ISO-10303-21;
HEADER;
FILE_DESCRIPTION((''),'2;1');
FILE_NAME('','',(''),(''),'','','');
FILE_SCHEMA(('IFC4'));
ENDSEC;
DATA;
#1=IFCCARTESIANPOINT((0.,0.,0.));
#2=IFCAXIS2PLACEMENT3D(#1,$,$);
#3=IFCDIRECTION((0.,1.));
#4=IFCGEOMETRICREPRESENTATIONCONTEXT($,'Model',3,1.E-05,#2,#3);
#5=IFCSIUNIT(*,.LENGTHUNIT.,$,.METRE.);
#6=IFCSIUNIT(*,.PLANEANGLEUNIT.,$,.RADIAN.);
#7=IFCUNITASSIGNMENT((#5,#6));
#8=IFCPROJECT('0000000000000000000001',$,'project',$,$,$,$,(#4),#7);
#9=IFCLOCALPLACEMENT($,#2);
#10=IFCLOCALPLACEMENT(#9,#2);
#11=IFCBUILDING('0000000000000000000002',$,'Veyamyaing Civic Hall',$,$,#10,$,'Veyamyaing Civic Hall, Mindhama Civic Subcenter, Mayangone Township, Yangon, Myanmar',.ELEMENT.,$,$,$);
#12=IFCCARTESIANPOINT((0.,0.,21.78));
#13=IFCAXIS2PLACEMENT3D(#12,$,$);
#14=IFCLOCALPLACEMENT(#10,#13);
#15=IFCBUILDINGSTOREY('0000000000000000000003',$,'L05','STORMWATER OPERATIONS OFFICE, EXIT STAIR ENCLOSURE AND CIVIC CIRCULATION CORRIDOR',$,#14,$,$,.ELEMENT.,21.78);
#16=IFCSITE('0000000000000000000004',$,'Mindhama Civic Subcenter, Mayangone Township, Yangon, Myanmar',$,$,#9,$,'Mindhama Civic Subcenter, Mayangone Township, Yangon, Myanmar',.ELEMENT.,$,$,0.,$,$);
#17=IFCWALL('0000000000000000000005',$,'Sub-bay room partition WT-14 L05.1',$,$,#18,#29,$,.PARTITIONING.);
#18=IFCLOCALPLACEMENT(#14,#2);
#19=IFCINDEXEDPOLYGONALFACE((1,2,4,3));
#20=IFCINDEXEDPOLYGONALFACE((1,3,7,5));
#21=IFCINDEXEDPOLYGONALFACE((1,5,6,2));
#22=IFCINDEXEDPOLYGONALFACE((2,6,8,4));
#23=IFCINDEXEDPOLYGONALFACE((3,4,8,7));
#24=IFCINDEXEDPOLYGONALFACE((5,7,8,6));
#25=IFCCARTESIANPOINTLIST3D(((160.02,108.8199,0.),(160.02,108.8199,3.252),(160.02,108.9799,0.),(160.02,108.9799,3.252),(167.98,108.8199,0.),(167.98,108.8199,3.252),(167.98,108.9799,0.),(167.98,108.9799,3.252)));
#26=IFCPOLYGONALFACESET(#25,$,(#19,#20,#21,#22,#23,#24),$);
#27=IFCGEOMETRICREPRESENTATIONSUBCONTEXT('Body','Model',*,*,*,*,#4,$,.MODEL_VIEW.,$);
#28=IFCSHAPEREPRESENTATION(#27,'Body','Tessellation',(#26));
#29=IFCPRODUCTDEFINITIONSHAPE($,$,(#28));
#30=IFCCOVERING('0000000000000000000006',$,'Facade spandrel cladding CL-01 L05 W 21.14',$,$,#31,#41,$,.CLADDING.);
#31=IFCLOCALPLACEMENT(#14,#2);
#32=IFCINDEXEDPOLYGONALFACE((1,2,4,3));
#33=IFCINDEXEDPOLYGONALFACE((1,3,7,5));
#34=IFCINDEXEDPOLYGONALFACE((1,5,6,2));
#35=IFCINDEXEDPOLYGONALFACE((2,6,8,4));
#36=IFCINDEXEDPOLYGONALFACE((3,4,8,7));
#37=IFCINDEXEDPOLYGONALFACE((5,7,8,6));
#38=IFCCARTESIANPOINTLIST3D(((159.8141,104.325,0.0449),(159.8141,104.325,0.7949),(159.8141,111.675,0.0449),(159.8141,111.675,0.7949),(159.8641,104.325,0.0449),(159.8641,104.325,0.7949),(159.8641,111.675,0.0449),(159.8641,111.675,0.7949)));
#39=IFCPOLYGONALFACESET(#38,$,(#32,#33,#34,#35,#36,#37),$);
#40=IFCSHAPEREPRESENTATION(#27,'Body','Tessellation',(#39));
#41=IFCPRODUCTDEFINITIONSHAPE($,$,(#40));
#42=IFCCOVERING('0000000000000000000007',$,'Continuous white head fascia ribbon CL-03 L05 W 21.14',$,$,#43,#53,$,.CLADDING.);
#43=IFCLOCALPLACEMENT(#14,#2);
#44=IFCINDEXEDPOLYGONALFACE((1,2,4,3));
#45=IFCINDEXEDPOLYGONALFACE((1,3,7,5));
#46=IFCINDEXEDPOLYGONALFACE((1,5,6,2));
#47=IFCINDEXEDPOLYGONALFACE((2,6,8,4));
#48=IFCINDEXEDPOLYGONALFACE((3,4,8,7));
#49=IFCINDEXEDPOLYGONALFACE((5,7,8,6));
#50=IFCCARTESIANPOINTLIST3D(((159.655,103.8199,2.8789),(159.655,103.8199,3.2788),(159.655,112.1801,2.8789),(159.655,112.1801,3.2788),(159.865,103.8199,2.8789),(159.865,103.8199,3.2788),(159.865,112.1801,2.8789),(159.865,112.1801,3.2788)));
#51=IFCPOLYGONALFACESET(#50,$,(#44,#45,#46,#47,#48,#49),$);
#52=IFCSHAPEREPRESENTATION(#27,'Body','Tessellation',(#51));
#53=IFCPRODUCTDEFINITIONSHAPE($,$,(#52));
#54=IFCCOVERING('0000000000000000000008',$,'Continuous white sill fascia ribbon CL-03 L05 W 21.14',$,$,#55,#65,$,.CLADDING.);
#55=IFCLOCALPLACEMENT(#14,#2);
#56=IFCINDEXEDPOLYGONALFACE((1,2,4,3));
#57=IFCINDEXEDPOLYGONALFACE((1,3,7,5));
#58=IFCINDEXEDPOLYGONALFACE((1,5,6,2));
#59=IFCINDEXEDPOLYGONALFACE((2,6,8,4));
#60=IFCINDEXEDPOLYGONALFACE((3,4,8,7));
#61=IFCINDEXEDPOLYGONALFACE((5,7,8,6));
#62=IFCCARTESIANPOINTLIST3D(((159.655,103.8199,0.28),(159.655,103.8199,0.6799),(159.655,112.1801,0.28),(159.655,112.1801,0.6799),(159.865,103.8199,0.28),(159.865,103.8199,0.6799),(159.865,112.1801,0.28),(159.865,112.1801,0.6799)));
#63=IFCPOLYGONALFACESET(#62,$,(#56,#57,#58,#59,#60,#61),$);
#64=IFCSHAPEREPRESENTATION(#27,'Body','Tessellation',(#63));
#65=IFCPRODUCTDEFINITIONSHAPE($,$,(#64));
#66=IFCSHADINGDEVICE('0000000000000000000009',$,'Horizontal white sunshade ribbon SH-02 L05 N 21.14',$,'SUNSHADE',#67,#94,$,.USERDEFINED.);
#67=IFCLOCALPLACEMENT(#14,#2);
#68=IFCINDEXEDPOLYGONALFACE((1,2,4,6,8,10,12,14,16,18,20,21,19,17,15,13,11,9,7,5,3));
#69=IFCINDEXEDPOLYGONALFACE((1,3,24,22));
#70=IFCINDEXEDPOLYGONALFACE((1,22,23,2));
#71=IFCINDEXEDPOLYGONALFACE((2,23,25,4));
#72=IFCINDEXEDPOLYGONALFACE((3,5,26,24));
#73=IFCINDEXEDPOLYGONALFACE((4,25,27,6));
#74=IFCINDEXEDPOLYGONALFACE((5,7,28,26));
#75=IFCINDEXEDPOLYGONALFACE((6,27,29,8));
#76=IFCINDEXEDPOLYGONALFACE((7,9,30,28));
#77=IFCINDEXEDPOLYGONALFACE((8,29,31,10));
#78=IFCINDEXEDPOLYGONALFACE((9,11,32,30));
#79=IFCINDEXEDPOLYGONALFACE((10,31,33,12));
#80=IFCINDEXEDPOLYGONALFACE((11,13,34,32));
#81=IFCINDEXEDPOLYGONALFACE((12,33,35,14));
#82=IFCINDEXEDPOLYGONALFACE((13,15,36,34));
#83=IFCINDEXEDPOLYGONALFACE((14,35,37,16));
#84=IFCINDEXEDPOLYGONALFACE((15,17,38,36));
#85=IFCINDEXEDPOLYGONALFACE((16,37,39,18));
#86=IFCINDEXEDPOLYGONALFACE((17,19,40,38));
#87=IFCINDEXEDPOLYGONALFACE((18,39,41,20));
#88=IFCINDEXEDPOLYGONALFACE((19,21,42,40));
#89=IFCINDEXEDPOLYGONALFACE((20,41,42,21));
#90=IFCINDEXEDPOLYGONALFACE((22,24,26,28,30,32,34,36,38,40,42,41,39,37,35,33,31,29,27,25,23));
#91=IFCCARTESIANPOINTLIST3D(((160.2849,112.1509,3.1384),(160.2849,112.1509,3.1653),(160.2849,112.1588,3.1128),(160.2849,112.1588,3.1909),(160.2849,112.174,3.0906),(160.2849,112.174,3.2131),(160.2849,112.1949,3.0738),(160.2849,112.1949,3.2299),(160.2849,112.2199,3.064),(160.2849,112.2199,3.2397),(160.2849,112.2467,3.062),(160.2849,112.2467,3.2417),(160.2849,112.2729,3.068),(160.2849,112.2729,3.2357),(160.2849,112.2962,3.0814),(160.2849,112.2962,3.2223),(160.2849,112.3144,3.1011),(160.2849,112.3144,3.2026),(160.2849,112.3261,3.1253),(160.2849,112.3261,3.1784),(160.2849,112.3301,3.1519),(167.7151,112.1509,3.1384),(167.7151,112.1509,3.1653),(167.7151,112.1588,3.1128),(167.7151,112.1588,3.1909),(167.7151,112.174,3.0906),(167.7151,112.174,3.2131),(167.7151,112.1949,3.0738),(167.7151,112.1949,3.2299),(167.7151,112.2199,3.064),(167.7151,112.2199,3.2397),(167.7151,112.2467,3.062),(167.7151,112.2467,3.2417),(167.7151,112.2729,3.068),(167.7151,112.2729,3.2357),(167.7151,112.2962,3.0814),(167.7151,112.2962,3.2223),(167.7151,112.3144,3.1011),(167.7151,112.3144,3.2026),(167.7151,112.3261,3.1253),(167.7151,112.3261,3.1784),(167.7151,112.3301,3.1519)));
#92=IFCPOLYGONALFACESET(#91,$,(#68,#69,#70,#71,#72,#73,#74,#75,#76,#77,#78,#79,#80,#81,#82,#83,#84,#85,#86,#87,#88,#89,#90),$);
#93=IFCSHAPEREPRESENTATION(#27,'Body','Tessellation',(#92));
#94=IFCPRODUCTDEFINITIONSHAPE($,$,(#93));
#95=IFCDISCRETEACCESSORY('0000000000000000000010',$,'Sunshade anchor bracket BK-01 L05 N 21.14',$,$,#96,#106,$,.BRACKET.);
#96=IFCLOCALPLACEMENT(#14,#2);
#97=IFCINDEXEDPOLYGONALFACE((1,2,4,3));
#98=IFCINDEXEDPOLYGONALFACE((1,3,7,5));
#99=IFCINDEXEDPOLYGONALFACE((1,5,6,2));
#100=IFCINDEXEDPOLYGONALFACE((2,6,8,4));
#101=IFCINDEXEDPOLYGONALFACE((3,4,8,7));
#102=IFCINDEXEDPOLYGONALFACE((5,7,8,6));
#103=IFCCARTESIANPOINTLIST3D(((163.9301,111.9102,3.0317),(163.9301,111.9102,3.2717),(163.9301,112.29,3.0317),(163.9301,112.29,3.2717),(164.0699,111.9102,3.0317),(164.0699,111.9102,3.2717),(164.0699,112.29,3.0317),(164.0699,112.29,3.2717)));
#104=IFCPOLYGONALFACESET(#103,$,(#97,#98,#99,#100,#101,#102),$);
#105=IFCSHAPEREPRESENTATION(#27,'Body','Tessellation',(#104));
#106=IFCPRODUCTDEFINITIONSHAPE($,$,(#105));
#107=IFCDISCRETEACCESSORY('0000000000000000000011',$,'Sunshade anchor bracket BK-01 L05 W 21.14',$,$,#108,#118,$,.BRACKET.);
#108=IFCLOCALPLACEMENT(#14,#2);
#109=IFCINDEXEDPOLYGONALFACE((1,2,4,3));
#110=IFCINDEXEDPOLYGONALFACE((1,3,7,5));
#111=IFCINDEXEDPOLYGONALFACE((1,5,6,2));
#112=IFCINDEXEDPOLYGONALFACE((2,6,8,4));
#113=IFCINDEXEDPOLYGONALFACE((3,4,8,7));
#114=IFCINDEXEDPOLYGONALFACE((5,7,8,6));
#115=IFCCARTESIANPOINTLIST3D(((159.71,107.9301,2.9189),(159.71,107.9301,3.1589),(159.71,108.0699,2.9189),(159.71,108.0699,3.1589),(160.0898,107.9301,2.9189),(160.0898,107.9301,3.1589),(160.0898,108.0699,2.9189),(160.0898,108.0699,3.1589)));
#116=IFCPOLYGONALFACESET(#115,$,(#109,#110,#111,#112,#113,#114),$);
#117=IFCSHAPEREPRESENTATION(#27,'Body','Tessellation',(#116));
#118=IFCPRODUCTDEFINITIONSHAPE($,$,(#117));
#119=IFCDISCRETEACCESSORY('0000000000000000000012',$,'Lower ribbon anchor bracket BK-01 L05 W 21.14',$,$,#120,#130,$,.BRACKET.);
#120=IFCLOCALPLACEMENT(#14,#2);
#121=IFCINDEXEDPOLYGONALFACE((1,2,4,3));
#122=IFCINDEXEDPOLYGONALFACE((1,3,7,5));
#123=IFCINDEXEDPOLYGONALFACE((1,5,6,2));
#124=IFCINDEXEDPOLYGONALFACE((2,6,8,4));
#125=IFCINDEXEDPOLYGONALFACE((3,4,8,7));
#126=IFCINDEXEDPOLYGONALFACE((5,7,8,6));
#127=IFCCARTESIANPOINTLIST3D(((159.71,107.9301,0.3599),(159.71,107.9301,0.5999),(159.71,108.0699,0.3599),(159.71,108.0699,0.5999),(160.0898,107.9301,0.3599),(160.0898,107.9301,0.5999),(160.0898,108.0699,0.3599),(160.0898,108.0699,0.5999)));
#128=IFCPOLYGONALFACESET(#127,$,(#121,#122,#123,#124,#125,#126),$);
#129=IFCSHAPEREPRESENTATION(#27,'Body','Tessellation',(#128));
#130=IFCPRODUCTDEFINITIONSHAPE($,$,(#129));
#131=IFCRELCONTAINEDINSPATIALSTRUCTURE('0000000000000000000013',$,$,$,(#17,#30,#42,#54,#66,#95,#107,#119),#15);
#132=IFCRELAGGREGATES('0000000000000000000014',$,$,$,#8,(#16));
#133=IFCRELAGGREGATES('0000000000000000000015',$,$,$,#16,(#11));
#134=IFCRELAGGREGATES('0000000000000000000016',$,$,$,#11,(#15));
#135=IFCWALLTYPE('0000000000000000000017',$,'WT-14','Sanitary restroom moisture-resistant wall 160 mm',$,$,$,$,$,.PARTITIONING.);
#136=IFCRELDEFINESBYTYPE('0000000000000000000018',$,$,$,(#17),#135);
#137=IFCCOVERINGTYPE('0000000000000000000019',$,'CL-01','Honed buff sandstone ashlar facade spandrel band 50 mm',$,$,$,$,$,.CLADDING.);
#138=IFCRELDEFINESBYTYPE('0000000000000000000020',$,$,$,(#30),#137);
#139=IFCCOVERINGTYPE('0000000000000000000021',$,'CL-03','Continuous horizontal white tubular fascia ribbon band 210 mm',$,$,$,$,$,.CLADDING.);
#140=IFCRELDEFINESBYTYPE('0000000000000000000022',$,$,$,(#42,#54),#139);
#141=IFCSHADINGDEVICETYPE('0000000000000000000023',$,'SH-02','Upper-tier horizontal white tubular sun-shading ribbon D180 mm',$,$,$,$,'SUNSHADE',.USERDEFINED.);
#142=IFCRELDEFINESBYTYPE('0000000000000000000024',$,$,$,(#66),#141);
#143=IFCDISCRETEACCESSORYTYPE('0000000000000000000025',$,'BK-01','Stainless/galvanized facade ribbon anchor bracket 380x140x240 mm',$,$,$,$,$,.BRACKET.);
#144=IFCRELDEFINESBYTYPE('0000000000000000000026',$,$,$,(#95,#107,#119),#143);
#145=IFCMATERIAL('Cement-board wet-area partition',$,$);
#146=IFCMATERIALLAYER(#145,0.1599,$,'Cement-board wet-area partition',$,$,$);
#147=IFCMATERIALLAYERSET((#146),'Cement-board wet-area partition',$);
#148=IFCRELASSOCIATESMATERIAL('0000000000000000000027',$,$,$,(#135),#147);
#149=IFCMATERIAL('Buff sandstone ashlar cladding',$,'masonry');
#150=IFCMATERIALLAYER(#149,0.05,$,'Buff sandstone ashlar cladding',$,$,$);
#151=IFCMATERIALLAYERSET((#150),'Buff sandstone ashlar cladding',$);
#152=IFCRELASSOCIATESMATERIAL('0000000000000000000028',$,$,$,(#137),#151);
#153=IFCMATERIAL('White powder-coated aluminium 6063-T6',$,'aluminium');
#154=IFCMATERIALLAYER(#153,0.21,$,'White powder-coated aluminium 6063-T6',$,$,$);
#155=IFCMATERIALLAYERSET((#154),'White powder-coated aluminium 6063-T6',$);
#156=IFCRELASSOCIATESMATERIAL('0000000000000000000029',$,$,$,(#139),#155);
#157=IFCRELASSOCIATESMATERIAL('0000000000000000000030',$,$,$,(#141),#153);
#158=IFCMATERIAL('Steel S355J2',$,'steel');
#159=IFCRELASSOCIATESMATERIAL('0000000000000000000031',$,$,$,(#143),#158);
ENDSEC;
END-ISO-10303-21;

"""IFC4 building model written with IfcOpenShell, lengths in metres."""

from ifc_helpers import new_model, si_unit, direction, frame, frame_2d, origin, origin_2d, place, context, subcontext, project, spatial, rectangle, circle, extrude, material, layer, layer_set, material_profile, profile_set, type_object, element, save


model = new_model("IFC4")

# Units and contexts
model_context = context("Model", 3, precision=1e-05, world=origin(), true_north=direction((0.0, 1.0)))
body_context = subcontext(model_context, "Body", "Model", "MODEL_VIEW")
ifc_project = project(units=[si_unit("LENGTHUNIT", "METRE"), si_unit("PLANEANGLEUNIT", "RADIAN")], contexts=[model_context])

# Site, building, storey
site_placement = place(None, origin())
site = spatial("IfcSite", under=ifc_project, at=site_placement, Name="Mindhama Civic Subcenter, Mayangone Township, Yangon, Myanmar", LongName="Mindhama Civic Subcenter, Mayangone Township, Yangon, Myanmar", CompositionType="ELEMENT", RefElevation=0.0)
building_placement = place(site_placement, origin())
building = spatial("IfcBuilding", under=site, at=building_placement, Name="Veyamyaing Civic Hall", LongName="Veyamyaing Civic Hall, Mindhama Civic Subcenter, Mayangone Township, Yangon, Myanmar", CompositionType="ELEMENT")
storey_placement = place(building_placement, frame((0.0, 0.0, 21.78)))
storey = spatial("IfcBuildingStorey", under=building, at=storey_placement, Name="L05", Description="STORMWATER OPERATIONS OFFICE, EXIT STAIR ENCLOSURE AND CIVIC CIRCULATION CORRIDOR", CompositionType="ELEMENT", Elevation=21.78)

# Shared definitions
ifc_material_1 = material(Name="Steel S355J2", Category="steel")

# Wall
ifc_material_2 = material(Name="Cement-board wet-area partition")
ifc_layer_1 = layer(ifc_material_2, 0.1599, Name="Cement-board wet-area partition")
ifc_layer_set_1 = layer_set([ifc_layer_1], Name="Cement-board wet-area partition")
wall_type_1 = type_object("IfcWallType", Name="WT-14", Description="Sanitary restroom moisture-resistant wall 160 mm", PredefinedType="PARTITIONING", material=ifc_layer_set_1)
wall_1_placement = place(storey_placement, frame((160.02, 108.8999, 0.0), z_axis=(0.0, 0.0, 1.0), x_axis=(1.0, 0.0, 0.0)))
element("IfcWall", 1, at=wall_1_placement, inside=storey, type_object=wall_type_1, Name="Sub-bay room partition WT-14 L05.1", PredefinedType="PARTITIONING", context=body_context, shape_type="SweptSolid", body=[
    extrude(rectangle(XDim=7.96, YDim=0.1599, at=frame_2d((3.98, 0.0))), origin(), (0.0, 0.0, 1.0), 3.252),
])

# Coverings
ifc_material_3 = material(Name="Buff sandstone ashlar cladding", Category="masonry")
ifc_layer_2 = layer(ifc_material_3, 0.05, Name="Buff sandstone ashlar cladding")
ifc_layer_set_2 = layer_set([ifc_layer_2], Name="Buff sandstone ashlar cladding")
covering_type_1 = type_object("IfcCoveringType", Name="CL-01", Description="Honed buff sandstone ashlar facade spandrel band 50 mm", PredefinedType="CLADDING", material=ifc_layer_set_2)
covering_placement = place(storey_placement, frame((159.8391, 108.0, 0.0449), z_axis=(0.0, 0.0, 1.0), x_axis=(0.0, 1.0, 0.0)))
element("IfcCovering", 2, at=covering_placement, inside=storey, type_object=covering_type_1, Name="Facade spandrel cladding CL-01 L05 W 21.14", PredefinedType="CLADDING", context=body_context, shape_type="SweptSolid", body=[
    extrude(rectangle(XDim=7.3501, YDim=0.05, at=origin_2d()), origin(), (0.0, 0.0, 1.0), 0.75),
])
ifc_material_4 = material(Name="White powder-coated aluminium 6063-T6", Category="aluminium")
ifc_layer_3 = layer(ifc_material_4, 0.21, Name="White powder-coated aluminium 6063-T6")
ifc_layer_set_3 = layer_set([ifc_layer_3], Name="White powder-coated aluminium 6063-T6")
covering_type_2 = type_object("IfcCoveringType", Name="CL-03", Description="Continuous horizontal white tubular fascia ribbon band 210 mm", PredefinedType="CLADDING", material=ifc_layer_set_3)
for number, where, z_axis, x_axis, name in (
    (3, (159.76, 108.0, 2.8789), (0.0, 0.0, 1.0), (0.0, 1.0, 0.0), "Continuous white head fascia ribbon CL-03 L05 W 21.14"),
    (4, (159.76, 108.0, 0.28), (0.0, 0.0, 1.0), (0.0, 1.0, 0.0), "Continuous white sill fascia ribbon CL-03 L05 W 21.14"),
):
    element("IfcCovering", number, at=place(storey_placement, frame(where, z_axis=z_axis, x_axis=x_axis)), inside=storey, type_object=covering_type_2, Name=name, PredefinedType="CLADDING", context=body_context, shape_type="SweptSolid", body=[
        extrude(rectangle(XDim=8.3601, YDim=0.21, at=origin_2d()), origin(), (0.0, 0.0, 1.0), 0.3999),
    ])

# Shading device
ifc_material_profile_1 = material_profile(ifc_material_4, circle(Radius=0.0901, at=origin_2d()), Name="SHADE-TUBE-180")
ifc_profile_set_1 = profile_set([ifc_material_profile_1], Name="White powder-coated aluminium 6063-T6")
shading_device_type = type_object("IfcShadingDeviceType", Name="SH-02", Description="Upper-tier horizontal white tubular sun-shading ribbon D180 mm", ElementType="SUNSHADE", PredefinedType="USERDEFINED", material=ifc_profile_set_1)
shading_device_placement = place(storey_placement, frame((160.2849, 112.24, 3.1519), z_axis=(1.0, 0.0, 0.0), x_axis=(0.0, 1.0, 0.0)))
element("IfcShadingDevice", 5, at=shading_device_placement, inside=storey, type_object=shading_device_type, Name="Horizontal white sunshade ribbon SH-02 L05 N 21.14", ObjectType="SUNSHADE", PredefinedType="USERDEFINED", context=body_context, shape_type="SweptSolid", body=[
    extrude(circle(Radius=0.0901, at=origin_2d()), origin(), (0.0, 0.0, 1.0), 7.4302),
])

# Discrete accessories
discrete_accessory_type = type_object("IfcDiscreteAccessoryType", Name="BK-01", Description="Stainless/galvanized facade ribbon anchor bracket 380x140x240 mm", PredefinedType="BRACKET", material=ifc_material_1)
for number, where, z_axis, x_axis, name in (
    (6, (164.0, 112.1001, 3.0317), (0.0, 0.0, 1.0), (0.0, 1.0, 0.0), "Sunshade anchor bracket BK-01 L05 N 21.14"),
    (7, (159.8999, 108.0, 2.9189), (0.0, 0.0, 1.0), (-1.0, 0.0, 0.0), "Sunshade anchor bracket BK-01 L05 W 21.14"),
    (8, (159.8999, 108.0, 0.3599), (0.0, 0.0, 1.0), (-1.0, 0.0, 0.0), "Lower ribbon anchor bracket BK-01 L05 W 21.14"),
):
    element("IfcDiscreteAccessory", number, at=place(storey_placement, frame(where, z_axis=z_axis, x_axis=x_axis)), inside=storey, type_object=discrete_accessory_type, Name=name, PredefinedType="BRACKET", context=body_context, shape_type="SweptSolid", body=[
        extrude(rectangle(XDim=0.3799, YDim=0.1399, at=origin_2d()), origin(), (0.0, 0.0, 1.0), 0.24),
    ])

save(model, "model.ifc")
